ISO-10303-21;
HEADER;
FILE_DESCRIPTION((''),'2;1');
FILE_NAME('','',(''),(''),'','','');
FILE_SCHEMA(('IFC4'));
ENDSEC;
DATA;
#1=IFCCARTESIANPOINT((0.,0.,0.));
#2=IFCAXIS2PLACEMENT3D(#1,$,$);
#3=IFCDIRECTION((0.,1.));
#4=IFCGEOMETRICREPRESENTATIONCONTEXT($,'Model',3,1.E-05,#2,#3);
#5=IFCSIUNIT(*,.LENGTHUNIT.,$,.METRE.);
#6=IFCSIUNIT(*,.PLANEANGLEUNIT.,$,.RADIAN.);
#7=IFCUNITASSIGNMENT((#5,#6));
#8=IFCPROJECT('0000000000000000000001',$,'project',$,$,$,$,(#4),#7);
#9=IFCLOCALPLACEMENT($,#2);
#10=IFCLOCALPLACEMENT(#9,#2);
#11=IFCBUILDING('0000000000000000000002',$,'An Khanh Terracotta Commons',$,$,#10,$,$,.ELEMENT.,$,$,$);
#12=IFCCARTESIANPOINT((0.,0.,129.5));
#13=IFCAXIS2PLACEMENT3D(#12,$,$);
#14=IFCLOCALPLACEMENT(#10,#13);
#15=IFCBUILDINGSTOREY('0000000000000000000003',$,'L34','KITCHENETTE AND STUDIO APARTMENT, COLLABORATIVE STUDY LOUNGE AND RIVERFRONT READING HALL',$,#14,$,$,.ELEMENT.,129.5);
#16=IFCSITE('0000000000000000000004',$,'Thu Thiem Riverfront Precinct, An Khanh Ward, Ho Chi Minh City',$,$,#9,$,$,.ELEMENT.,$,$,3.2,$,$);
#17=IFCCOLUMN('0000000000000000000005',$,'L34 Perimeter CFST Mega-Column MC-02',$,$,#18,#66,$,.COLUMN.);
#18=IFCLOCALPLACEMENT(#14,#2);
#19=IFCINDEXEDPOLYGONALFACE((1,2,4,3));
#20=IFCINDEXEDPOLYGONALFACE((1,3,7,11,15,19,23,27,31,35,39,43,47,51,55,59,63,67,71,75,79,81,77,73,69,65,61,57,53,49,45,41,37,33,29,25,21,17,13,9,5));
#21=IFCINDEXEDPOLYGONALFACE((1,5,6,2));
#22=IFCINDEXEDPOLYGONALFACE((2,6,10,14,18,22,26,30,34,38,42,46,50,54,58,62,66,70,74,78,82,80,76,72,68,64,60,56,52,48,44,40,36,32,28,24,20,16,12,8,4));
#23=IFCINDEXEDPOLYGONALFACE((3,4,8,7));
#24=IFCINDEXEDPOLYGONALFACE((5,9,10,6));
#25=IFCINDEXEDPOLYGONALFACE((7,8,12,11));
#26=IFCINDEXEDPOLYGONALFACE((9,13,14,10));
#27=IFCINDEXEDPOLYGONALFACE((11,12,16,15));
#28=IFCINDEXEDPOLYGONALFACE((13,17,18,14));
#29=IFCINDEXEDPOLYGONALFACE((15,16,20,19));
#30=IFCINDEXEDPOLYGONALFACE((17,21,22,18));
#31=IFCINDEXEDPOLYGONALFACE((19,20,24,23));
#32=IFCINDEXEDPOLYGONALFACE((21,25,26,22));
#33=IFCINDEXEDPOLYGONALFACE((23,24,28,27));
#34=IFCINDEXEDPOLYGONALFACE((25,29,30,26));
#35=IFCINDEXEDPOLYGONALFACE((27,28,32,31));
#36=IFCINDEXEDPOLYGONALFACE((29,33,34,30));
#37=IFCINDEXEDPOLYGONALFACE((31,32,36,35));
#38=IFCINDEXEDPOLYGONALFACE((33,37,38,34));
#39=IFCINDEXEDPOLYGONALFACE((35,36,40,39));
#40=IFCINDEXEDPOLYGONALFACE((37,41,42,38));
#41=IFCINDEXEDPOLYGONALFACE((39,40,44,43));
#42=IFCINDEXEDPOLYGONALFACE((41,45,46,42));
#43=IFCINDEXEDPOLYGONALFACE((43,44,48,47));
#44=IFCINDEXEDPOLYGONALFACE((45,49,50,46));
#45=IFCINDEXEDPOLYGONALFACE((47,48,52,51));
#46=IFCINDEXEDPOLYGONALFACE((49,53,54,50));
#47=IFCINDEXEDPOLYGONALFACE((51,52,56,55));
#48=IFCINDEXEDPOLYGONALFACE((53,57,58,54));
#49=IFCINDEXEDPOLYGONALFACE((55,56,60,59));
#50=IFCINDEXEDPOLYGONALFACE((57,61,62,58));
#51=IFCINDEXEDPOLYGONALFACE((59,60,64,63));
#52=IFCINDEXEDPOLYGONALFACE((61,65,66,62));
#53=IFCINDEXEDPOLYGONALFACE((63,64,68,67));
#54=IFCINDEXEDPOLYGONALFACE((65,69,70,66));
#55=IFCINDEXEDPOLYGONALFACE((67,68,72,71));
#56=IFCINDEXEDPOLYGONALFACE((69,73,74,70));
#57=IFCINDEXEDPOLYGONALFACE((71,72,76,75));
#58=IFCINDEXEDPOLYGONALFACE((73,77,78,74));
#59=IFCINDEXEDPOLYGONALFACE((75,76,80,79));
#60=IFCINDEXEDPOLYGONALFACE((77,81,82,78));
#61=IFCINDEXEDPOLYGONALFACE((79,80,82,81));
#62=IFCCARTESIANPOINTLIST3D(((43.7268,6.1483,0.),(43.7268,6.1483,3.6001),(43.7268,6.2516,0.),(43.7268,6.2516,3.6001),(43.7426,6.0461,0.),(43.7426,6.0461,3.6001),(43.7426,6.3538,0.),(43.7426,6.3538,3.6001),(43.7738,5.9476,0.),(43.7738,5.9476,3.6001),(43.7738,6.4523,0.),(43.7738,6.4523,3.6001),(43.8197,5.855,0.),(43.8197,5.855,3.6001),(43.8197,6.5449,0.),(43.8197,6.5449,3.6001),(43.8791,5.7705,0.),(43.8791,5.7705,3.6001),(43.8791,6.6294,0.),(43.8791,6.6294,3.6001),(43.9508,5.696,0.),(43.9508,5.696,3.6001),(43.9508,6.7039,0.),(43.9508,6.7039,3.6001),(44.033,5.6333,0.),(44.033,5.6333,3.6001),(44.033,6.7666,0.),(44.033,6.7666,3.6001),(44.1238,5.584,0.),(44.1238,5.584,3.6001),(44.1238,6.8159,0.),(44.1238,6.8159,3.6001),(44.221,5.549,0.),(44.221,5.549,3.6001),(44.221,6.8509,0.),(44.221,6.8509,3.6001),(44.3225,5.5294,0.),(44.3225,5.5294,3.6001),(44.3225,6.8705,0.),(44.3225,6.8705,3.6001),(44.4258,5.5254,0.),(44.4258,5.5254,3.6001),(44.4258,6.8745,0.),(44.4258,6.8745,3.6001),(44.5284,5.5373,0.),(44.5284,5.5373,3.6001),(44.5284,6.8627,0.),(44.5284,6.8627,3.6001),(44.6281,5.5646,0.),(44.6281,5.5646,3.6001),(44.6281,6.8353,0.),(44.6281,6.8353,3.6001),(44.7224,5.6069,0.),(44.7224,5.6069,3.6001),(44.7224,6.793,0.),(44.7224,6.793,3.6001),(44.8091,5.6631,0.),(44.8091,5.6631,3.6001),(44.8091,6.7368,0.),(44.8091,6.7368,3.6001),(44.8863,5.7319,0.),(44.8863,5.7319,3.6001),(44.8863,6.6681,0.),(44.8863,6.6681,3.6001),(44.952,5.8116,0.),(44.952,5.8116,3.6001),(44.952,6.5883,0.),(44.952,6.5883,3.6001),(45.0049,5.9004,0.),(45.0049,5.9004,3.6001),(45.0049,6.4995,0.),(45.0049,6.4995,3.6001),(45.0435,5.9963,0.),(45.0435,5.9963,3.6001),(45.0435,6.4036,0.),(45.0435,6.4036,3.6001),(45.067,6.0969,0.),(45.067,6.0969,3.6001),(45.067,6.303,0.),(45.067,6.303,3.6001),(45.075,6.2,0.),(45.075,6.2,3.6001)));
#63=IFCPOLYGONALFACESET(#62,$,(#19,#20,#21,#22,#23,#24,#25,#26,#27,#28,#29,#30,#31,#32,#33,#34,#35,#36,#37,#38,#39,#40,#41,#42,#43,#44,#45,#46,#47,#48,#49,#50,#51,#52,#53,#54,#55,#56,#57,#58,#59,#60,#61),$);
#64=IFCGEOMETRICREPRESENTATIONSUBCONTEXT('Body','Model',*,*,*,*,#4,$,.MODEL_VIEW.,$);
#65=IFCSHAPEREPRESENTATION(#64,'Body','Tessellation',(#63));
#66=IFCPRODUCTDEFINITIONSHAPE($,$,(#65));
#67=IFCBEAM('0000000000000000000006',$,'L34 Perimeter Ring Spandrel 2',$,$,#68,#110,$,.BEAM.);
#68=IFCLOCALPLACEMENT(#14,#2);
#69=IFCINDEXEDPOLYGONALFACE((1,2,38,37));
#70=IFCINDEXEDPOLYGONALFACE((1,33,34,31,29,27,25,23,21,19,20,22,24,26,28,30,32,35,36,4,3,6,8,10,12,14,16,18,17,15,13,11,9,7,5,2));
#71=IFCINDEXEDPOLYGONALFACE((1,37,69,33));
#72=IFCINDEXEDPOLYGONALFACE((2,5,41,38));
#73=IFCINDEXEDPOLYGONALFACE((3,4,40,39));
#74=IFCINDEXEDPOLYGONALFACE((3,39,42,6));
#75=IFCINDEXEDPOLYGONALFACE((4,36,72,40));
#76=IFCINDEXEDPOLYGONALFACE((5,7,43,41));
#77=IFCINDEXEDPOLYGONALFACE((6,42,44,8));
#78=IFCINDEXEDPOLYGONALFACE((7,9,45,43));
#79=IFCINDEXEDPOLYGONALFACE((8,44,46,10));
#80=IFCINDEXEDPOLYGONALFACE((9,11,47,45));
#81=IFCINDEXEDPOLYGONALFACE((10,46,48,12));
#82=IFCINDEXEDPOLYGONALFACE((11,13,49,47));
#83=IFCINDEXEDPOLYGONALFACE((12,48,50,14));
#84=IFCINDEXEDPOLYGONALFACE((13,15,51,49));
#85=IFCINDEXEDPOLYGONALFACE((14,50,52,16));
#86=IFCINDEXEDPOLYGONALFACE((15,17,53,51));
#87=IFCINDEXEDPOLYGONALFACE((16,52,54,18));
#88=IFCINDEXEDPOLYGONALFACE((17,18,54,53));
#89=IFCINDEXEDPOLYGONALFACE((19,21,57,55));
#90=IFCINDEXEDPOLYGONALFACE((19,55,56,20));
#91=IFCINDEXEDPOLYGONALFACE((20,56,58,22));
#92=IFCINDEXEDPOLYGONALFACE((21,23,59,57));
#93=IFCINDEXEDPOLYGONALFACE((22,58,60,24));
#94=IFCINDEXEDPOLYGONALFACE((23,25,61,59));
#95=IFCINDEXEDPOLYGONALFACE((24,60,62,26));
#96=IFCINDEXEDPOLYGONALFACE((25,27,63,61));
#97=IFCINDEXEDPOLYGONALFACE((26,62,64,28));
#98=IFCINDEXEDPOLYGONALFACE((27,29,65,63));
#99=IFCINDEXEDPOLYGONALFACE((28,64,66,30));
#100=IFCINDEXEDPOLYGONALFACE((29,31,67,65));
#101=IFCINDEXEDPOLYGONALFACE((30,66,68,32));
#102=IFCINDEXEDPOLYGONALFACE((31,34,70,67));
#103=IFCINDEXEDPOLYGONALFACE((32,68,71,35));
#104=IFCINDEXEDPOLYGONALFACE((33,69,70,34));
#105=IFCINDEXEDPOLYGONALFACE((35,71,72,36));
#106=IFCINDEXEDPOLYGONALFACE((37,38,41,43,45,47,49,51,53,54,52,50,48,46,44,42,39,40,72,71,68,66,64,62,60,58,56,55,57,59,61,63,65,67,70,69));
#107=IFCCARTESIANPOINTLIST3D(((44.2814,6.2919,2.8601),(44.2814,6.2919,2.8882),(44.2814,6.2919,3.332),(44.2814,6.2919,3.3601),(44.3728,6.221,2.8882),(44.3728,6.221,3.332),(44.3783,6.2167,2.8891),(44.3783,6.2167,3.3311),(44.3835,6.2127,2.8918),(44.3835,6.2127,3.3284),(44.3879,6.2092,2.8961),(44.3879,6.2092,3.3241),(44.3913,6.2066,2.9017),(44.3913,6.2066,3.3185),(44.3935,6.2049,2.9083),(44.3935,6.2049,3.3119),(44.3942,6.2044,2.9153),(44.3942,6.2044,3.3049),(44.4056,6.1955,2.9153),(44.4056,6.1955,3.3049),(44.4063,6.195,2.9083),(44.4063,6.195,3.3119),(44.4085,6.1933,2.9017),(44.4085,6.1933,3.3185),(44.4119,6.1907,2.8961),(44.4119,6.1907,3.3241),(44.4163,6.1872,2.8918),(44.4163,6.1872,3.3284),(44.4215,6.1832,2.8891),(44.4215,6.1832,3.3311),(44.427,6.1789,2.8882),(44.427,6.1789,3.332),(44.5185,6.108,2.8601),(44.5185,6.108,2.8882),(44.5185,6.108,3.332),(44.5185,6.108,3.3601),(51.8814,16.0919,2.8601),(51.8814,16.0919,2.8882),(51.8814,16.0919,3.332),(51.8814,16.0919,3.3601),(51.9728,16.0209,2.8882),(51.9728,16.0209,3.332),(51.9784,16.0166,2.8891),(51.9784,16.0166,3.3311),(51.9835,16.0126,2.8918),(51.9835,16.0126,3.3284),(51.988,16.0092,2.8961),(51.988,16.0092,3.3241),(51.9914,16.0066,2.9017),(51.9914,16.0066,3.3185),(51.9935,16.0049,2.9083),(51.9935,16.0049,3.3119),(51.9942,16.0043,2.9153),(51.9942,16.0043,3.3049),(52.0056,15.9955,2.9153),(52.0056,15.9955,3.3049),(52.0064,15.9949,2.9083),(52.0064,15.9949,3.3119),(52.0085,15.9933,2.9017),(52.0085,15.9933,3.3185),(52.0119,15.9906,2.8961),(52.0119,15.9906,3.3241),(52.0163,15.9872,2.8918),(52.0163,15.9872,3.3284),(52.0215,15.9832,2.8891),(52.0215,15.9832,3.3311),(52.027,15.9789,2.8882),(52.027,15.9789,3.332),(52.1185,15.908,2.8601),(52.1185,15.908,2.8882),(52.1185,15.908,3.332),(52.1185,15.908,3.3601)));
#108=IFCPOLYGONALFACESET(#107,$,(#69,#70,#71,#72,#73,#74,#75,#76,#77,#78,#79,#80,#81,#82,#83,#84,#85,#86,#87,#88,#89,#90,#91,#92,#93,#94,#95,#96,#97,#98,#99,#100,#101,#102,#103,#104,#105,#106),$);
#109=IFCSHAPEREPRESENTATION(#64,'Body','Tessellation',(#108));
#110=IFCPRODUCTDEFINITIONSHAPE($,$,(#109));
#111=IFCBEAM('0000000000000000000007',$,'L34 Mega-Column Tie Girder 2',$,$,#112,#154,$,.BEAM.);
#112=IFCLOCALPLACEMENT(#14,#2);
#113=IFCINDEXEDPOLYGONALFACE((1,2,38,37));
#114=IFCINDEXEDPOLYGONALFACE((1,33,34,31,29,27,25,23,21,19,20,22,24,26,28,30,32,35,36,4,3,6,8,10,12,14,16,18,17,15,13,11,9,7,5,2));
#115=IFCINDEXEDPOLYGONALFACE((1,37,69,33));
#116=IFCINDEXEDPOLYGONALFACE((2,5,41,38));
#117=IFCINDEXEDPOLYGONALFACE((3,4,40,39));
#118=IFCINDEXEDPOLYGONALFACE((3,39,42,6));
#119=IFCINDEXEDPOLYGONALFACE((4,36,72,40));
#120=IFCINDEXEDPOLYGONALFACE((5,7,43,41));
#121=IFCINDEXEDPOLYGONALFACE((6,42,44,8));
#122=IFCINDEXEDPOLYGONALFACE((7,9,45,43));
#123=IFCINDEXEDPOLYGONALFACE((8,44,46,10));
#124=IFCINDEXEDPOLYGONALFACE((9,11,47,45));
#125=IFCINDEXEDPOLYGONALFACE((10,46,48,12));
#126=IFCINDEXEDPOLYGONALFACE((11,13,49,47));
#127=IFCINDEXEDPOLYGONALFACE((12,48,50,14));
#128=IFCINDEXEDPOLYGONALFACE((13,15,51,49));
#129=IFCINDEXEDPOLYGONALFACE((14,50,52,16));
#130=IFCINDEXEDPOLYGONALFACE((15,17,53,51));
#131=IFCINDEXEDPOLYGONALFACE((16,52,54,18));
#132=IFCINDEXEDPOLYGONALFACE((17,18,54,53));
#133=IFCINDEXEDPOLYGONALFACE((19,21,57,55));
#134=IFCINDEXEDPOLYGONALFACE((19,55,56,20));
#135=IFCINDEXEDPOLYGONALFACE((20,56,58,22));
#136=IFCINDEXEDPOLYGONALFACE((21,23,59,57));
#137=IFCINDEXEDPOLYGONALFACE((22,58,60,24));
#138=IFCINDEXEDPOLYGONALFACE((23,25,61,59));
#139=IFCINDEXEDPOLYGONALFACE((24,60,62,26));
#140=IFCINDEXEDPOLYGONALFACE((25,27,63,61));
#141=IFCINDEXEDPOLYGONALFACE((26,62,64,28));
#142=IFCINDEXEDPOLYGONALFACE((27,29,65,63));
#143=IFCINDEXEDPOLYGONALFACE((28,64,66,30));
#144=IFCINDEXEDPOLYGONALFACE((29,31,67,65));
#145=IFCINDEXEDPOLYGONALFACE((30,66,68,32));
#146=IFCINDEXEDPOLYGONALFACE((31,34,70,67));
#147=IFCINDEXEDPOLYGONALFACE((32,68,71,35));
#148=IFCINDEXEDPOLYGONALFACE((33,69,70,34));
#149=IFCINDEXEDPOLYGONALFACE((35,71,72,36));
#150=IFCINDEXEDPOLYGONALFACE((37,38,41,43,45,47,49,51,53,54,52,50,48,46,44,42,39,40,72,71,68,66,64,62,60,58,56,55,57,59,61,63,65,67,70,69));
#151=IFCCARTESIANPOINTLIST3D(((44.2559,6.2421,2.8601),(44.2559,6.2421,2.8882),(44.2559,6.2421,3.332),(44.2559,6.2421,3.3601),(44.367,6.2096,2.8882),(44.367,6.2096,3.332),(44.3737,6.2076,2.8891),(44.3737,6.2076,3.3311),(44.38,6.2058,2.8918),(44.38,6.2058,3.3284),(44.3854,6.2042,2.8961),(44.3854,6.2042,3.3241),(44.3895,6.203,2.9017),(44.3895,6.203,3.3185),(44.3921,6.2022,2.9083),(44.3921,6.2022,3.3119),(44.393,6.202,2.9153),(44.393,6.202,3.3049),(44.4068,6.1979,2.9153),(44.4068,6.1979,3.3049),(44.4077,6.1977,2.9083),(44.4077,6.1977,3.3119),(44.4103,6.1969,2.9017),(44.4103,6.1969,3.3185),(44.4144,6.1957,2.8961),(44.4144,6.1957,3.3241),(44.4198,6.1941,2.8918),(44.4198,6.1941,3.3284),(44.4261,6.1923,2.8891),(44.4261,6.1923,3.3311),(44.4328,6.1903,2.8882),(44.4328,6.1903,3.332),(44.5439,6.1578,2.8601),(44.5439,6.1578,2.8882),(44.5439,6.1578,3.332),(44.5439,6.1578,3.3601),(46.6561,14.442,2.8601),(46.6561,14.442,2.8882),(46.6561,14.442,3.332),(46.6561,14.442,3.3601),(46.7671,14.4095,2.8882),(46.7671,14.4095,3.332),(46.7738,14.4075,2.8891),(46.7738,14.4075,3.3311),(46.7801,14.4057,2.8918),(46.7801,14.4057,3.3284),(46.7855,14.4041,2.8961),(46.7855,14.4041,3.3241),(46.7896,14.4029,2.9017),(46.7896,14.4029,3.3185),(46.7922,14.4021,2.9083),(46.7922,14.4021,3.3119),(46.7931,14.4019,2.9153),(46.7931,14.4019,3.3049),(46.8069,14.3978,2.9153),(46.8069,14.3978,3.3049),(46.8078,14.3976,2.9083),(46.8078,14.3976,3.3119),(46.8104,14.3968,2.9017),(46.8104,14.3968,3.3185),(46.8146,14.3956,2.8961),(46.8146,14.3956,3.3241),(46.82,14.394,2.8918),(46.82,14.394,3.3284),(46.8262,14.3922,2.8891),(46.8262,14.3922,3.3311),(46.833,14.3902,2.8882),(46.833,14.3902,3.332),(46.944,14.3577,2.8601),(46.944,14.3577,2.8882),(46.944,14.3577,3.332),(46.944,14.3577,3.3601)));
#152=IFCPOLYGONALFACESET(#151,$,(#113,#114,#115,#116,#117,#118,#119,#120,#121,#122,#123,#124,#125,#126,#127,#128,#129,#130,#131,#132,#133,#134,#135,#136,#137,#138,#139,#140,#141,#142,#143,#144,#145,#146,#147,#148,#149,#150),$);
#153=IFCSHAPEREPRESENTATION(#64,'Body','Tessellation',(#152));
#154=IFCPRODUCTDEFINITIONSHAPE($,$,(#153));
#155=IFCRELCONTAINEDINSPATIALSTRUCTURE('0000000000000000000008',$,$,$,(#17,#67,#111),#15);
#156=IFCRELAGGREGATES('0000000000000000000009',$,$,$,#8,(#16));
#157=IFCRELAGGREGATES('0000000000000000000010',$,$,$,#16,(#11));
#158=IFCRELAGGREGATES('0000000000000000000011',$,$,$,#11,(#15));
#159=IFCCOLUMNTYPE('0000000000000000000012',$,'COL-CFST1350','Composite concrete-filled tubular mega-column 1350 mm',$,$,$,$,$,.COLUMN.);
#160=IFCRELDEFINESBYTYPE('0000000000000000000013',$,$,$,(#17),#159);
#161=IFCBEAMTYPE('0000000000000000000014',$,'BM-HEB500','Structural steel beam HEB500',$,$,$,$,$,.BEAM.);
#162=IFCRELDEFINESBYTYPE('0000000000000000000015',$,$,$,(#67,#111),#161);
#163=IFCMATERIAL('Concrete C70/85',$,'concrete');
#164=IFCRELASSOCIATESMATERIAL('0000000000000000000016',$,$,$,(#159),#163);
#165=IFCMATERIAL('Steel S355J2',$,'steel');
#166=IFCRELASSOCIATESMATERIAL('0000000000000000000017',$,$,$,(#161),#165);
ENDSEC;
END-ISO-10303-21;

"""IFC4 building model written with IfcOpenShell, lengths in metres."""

from ifc_helpers import new_model, si_unit, direction, frame, origin, origin_2d, place, context, subcontext, project, spatial, circle, i_section, extrude, material, material_profile, profile_set, type_object, element, save


model = new_model("IFC4")

# Units and contexts
model_context = context("Model", 3, precision=1e-05, world=origin(), true_north=direction((0.0, 1.0)))
body_context = subcontext(model_context, "Body", "Model", "MODEL_VIEW")
ifc_project = project(units=[si_unit("LENGTHUNIT", "METRE"), si_unit("PLANEANGLEUNIT", "RADIAN")], contexts=[model_context])

# Site, building, storey
site_placement = place(None, origin())
site = spatial("IfcSite", under=ifc_project, at=site_placement, Name="Thu Thiem Riverfront Precinct, An Khanh Ward, Ho Chi Minh City", CompositionType="ELEMENT", RefElevation=3.2)
building_placement = place(site_placement, origin())
building = spatial("IfcBuilding", under=site, at=building_placement, Name="An Khanh Terracotta Commons", CompositionType="ELEMENT")
storey_placement = place(building_placement, frame((0.0, 0.0, 129.5)))
storey = spatial("IfcBuildingStorey", under=building, at=storey_placement, Name="L34", Description="KITCHENETTE AND STUDIO APARTMENT, COLLABORATIVE STUDY LOUNGE AND RIVERFRONT READING HALL", CompositionType="ELEMENT", Elevation=129.5)

# Column
ifc_material_1 = material(Name="Concrete C70/85", Category="concrete")
ifc_material_profile_1 = material_profile(ifc_material_1, circle(Radius=0.675, at=origin_2d()), Name="CFST1350")
ifc_profile_set_1 = profile_set([ifc_material_profile_1], Name="Concrete C70/85")
column_type = type_object("IfcColumnType", Name="COL-CFST1350", Description="Composite concrete-filled tubular mega-column 1350 mm", PredefinedType="COLUMN", material=ifc_profile_set_1)
column_placement = place(storey_placement, frame((44.3999, 6.2, 0.0), z_axis=(0.0, 0.0, 1.0), x_axis=(1.0, 0.0, 0.0)))
element("IfcColumn", 1, at=column_placement, inside=storey, type_object=column_type, Name="L34 Perimeter CFST Mega-Column MC-02", PredefinedType="COLUMN", context=body_context, shape_type="SweptSolid", body=[
    extrude(circle(Radius=0.675, at=origin_2d()), origin(), (0.0, 0.0, 1.0), 3.6001),
])

# Beams
ifc_material_2 = material(Name="Steel S355J2", Category="steel")
ifc_material_profile_2 = material_profile(ifc_material_2, i_section(OverallWidth=0.3, OverallDepth=0.5, WebThickness=0.0144, FlangeThickness=0.0281, FilletRadius=0.0271, at=origin_2d()), Name="HEB500")
ifc_profile_set_2 = profile_set([ifc_material_profile_2], Name="Steel S355J2")
beam_type = type_object("IfcBeamType", Name="BM-HEB500", Description="Structural steel beam HEB500", PredefinedType="BEAM", material=ifc_profile_set_2)
beam_1_placement = place(storey_placement, frame((44.3999, 6.2, 3.1101), z_axis=(0.612827, 0.790217, 0.0), x_axis=(-0.790217, 0.612827, 0.0)))
element("IfcBeam", 2, at=beam_1_placement, inside=storey, type_object=beam_type, Name="L34 Perimeter Ring Spandrel 2", PredefinedType="BEAM", context=body_context, shape_type="SweptSolid", body=[
    extrude(i_section(OverallWidth=0.3, OverallDepth=0.5, WebThickness=0.0144, FlangeThickness=0.0281, FilletRadius=0.0271, at=origin_2d()), origin(), (0.0, 0.0, 1.0), 12.4016),
])
beam_2_placement = place(storey_placement, frame((44.3999, 6.2, 3.1101), z_axis=(0.280916, 0.959732, 0.0), x_axis=(-0.959732, 0.280916, 0.0)))
element("IfcBeam", 3, at=beam_2_placement, inside=storey, type_object=beam_type, Name="L34 Mega-Column Tie Girder 2", PredefinedType="BEAM", context=body_context, shape_type="SweptSolid", body=[
    extrude(i_section(OverallWidth=0.3, OverallDepth=0.5, WebThickness=0.0144, FlangeThickness=0.0281, FilletRadius=0.0271, at=origin_2d()), origin(), (0.0, 0.0, 1.0), 8.5439),
])

save(model, "model.ifc")
